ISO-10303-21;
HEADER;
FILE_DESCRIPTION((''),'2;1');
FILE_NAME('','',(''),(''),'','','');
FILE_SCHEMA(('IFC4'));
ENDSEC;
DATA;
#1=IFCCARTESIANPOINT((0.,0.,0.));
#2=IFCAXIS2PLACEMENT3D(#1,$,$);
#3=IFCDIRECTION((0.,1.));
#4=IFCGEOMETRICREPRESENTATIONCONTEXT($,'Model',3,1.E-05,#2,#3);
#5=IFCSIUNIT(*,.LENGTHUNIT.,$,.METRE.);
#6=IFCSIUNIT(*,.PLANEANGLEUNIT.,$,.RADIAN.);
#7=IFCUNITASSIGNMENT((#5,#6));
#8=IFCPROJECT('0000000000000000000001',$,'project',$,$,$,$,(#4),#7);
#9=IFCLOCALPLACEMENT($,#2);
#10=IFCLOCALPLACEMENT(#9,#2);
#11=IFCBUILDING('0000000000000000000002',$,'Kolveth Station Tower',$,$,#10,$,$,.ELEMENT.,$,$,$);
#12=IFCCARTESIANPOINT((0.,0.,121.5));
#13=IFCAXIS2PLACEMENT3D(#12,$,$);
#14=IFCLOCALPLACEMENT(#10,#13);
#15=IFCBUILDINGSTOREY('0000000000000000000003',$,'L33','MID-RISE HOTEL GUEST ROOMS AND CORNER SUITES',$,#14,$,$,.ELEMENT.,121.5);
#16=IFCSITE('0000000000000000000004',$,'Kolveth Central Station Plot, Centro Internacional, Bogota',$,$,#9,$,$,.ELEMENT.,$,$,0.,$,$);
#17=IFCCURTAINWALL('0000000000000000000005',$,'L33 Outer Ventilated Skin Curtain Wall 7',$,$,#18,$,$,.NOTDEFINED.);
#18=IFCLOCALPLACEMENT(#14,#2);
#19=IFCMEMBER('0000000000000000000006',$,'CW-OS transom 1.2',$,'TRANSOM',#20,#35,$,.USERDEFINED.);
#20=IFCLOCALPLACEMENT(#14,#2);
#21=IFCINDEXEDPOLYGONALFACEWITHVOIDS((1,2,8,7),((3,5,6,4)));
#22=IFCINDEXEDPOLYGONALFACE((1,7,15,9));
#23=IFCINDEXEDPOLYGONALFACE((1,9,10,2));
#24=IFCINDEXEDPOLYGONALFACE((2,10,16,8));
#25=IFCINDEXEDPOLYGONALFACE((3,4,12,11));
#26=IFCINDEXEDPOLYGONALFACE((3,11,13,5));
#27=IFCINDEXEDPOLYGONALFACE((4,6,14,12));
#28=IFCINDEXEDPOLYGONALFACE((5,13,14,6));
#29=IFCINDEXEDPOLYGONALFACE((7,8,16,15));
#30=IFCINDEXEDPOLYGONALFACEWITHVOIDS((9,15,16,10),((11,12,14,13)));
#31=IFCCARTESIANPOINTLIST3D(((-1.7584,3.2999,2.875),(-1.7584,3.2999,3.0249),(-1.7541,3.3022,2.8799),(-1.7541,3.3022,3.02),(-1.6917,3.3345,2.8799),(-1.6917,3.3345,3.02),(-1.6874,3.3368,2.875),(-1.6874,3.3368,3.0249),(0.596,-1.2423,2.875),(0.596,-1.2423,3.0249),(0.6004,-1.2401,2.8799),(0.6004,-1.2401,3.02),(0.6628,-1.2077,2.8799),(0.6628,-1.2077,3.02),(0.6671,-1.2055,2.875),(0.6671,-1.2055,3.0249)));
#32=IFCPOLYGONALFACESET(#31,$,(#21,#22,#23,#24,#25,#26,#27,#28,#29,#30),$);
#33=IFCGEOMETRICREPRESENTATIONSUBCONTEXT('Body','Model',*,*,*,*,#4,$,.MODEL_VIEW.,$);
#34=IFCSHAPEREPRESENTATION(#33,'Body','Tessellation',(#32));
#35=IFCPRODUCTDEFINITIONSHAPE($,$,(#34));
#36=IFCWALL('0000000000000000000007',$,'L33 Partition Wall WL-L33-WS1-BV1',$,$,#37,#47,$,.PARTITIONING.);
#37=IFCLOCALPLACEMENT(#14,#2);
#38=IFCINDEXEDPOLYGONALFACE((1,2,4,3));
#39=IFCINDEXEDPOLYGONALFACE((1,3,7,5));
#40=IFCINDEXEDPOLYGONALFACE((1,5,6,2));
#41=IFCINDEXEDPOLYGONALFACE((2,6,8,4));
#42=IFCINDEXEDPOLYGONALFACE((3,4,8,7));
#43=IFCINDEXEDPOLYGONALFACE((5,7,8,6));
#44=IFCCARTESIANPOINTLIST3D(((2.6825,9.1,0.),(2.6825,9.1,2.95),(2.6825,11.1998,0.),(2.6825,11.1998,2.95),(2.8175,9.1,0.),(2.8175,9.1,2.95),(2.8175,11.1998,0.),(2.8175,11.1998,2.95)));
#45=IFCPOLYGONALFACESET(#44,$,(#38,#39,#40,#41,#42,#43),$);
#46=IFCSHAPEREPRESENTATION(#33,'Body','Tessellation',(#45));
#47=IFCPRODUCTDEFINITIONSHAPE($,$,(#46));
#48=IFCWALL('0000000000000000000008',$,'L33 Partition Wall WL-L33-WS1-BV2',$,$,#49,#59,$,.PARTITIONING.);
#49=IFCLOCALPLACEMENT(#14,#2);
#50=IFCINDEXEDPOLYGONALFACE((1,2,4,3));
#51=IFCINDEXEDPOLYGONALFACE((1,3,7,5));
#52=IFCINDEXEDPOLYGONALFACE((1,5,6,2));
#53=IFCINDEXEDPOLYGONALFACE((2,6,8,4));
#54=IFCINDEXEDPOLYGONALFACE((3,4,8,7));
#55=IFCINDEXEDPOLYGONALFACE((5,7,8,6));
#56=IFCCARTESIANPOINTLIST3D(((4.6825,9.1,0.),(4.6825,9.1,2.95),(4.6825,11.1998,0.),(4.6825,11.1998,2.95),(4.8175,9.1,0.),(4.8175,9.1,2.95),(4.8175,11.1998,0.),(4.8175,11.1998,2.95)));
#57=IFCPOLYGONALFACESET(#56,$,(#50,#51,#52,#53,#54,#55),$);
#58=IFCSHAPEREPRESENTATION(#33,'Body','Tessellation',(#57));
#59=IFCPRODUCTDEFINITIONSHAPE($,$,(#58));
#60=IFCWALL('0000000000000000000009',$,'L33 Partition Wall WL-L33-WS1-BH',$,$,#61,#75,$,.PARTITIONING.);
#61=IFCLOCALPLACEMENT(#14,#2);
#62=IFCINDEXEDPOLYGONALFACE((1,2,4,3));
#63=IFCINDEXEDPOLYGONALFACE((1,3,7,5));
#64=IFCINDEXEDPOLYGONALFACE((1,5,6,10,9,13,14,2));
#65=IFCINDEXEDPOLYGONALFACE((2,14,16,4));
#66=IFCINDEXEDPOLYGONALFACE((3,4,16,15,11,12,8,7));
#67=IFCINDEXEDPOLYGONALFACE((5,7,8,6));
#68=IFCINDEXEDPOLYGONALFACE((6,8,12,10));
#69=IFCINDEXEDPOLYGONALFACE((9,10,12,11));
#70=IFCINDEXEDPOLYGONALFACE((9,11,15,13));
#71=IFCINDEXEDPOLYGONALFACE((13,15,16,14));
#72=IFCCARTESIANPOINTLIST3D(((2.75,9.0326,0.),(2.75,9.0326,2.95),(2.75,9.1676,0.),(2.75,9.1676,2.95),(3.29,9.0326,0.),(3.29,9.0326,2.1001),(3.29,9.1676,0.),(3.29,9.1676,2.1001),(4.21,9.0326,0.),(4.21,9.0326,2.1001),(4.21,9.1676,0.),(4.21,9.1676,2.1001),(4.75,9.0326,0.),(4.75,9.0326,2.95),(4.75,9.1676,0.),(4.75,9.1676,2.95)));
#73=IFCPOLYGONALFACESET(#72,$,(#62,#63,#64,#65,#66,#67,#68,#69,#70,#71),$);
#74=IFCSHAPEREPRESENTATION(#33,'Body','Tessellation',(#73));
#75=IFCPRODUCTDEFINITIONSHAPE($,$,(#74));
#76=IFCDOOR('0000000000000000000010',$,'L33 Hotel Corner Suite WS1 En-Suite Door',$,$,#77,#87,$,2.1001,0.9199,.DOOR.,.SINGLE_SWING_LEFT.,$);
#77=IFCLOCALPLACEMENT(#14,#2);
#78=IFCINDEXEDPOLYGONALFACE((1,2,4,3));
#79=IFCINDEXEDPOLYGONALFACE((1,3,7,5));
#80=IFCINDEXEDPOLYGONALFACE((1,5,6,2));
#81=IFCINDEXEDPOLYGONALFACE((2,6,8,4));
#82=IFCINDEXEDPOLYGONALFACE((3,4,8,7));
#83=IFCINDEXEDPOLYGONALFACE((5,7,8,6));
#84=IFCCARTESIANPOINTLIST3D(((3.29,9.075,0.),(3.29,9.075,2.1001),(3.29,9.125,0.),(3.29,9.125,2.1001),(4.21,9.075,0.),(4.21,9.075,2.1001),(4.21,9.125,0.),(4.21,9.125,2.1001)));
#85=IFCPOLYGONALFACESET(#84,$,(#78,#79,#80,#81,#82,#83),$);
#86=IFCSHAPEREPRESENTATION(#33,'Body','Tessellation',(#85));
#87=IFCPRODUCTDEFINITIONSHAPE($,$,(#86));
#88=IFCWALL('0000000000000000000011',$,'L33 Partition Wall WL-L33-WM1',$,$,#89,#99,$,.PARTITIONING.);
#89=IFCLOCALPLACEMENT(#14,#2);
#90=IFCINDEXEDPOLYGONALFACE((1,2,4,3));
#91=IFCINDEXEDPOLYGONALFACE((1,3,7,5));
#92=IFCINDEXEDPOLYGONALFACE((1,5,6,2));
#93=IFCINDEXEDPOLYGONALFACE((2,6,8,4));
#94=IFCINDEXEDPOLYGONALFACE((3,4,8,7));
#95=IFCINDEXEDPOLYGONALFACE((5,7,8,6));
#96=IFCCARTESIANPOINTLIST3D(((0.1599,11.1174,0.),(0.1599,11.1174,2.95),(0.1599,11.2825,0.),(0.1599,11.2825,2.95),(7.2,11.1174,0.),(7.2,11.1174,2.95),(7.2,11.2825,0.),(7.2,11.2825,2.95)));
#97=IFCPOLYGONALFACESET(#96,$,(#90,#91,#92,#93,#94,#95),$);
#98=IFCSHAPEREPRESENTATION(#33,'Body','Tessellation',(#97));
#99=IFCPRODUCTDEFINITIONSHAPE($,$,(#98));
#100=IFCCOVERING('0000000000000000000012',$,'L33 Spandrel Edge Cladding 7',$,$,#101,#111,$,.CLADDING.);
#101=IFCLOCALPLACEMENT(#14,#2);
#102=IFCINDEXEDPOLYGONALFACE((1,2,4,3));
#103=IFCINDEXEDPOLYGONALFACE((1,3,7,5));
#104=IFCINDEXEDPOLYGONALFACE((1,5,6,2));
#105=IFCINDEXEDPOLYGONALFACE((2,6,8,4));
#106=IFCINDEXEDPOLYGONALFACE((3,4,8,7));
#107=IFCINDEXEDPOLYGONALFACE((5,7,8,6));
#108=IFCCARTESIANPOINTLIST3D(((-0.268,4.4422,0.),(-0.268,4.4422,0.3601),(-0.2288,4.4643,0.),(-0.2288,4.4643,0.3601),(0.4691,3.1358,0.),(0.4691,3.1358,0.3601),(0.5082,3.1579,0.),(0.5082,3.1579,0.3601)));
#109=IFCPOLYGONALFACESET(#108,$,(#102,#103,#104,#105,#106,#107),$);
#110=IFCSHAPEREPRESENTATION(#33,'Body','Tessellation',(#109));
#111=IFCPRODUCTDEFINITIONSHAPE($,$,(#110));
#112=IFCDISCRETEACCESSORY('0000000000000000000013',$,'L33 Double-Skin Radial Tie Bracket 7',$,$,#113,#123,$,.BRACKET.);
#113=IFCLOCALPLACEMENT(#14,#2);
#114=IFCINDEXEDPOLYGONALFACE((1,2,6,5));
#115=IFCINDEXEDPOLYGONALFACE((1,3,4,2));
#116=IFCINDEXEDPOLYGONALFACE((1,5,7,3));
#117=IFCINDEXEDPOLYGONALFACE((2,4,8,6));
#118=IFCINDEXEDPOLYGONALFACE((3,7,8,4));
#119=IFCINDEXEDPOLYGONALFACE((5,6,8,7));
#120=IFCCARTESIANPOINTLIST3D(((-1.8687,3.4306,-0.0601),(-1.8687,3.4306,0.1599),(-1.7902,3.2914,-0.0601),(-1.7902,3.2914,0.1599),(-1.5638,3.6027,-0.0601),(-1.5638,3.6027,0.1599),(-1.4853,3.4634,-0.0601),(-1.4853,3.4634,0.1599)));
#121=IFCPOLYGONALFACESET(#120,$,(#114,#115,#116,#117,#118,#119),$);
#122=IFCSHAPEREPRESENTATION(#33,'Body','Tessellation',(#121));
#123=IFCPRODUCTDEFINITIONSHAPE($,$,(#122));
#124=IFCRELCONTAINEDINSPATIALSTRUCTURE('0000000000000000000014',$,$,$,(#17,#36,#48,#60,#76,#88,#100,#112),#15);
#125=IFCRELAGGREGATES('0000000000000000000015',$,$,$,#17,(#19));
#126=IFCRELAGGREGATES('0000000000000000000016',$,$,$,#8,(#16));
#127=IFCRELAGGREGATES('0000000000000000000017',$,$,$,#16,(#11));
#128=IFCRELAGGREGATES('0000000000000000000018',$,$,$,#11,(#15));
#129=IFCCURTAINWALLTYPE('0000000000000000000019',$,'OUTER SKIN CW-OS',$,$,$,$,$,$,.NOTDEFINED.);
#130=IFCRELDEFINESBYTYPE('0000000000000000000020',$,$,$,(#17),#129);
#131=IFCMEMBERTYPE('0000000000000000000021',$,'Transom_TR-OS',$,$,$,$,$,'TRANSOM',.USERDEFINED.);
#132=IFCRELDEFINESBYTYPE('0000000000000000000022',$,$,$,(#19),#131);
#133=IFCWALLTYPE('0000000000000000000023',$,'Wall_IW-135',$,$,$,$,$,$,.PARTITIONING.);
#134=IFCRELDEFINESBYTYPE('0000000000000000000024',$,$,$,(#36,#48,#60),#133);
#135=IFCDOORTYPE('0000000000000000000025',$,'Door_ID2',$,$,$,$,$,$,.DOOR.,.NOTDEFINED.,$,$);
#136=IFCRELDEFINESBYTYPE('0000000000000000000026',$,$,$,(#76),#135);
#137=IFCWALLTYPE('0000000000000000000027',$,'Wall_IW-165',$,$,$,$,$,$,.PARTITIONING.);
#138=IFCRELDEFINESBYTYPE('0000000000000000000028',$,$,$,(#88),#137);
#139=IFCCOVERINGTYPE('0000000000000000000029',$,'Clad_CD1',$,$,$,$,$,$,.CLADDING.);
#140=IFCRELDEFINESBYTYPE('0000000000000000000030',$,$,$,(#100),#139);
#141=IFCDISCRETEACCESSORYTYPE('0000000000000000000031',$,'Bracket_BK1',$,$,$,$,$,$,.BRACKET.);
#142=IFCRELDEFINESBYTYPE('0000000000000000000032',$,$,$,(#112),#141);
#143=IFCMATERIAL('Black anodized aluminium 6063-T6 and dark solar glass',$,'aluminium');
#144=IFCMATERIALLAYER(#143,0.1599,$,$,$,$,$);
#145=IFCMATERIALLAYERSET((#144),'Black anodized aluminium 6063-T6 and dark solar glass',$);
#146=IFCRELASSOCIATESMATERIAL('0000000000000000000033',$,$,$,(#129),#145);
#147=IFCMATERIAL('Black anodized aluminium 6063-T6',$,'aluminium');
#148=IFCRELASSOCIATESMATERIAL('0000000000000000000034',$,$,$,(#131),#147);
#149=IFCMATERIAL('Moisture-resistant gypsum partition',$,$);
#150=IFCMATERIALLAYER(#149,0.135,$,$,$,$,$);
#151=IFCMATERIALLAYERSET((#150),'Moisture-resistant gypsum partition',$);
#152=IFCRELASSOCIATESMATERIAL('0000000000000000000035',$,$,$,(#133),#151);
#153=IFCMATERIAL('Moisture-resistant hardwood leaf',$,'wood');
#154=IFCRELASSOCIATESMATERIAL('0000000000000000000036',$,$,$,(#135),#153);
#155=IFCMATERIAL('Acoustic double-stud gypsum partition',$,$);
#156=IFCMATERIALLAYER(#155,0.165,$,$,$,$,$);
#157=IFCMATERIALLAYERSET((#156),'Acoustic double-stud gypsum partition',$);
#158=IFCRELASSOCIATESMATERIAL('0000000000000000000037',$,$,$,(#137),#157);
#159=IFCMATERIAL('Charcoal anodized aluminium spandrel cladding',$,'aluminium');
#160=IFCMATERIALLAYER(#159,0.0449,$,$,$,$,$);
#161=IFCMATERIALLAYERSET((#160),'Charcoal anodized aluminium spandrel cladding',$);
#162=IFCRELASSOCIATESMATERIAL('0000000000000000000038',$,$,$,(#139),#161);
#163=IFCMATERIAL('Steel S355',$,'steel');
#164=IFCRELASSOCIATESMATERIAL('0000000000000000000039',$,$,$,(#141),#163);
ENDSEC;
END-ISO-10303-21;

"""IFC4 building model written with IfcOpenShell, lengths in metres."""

from ifc_helpers import new_model, si_unit, direction, frame, frame_2d, origin, origin_2d, place, context, subcontext, project, spatial, rectangle, hollow_rectangle, extrude, source, transform, mapped, material, layer, layer_set, material_profile, profile_set, type_object, element, fill, aggregate, save


model = new_model("IFC4")

# Units and contexts
model_context = context("Model", 3, precision=1e-05, world=origin(), true_north=direction((0.0, 1.0)))
body_context = subcontext(model_context, "Body", "Model", "MODEL_VIEW")
ifc_project = project(units=[si_unit("LENGTHUNIT", "METRE"), si_unit("PLANEANGLEUNIT", "RADIAN")], contexts=[model_context])

# Site, building, storey
site_placement = place(None, origin())
site = spatial("IfcSite", under=ifc_project, at=site_placement, Name="Kolveth Central Station Plot, Centro Internacional, Bogota", CompositionType="ELEMENT", RefElevation=0.0)
building_placement = place(site_placement, origin())
building = spatial("IfcBuilding", under=site, at=building_placement, Name="Kolveth Station Tower", CompositionType="ELEMENT")
storey_placement = place(building_placement, frame((0.0, 0.0, 121.5)))
storey = spatial("IfcBuildingStorey", under=building, at=storey_placement, Name="L33", Description="MID-RISE HOTEL GUEST ROOMS AND CORNER SUITES", CompositionType="ELEMENT", Elevation=121.5)

# Shared definitions
ifc_material_1 = material(Name="Steel S355", Category="steel")

# Shared definitions
ifc_material_2 = material(Name="Black anodized aluminium 6063-T6", Category="aluminium")

# Shared definitions
ifc_material_3 = material(Name="Black anodized aluminium 6063-T6 and dark solar glass", Category="aluminium")
ifc_layer_1 = layer(ifc_material_3, 0.1599)
ifc_layer_set_1 = layer_set([ifc_layer_1], Name="Black anodized aluminium 6063-T6 and dark solar glass")
curtain_wall_type_1 = type_object("IfcCurtainWallType", Name="OUTER SKIN CW-OS", PredefinedType="NOTDEFINED", material=ifc_layer_set_1)

# Curtain wall, member
curtain_wall_1_placement = place(storey_placement, origin())
curtain_wall_1 = element("IfcCurtainWall", 1, at=curtain_wall_1_placement, inside=storey, type_object=curtain_wall_type_1, Name="L33 Outer Ventilated Skin Curtain Wall 7", PredefinedType="NOTDEFINED")
ifc_material_profile_1 = material_profile(ifc_material_2, hollow_rectangle(XDim=0.0801, YDim=0.1499, WallThickness=0.0049, at=origin_2d()), Name="ALU-80x150x5")
ifc_profile_set_1 = profile_set([ifc_material_profile_1], Name="Black anodized aluminium 6063-T6")
member_type_1 = type_object("IfcMemberType", Name="Transom_TR-OS", ElementType="TRANSOM", PredefinedType="USERDEFINED", material=ifc_profile_set_1)
shared_shape_1 = source(origin(), body_context, "Body", "SweptSolid", [
    extrude(hollow_rectangle(XDim=0.0801, YDim=0.1499, WallThickness=0.0049, at=origin_2d()), origin(), (0.0, 0.0, 1.0), 5.1162),
])
member_1_placement = place(storey_placement, frame((-1.7229, 3.3184, 2.95), z_axis=(0.460203, -0.887814, 0.0), x_axis=(0.887814, 0.460203, 0.0)))
member_1 = element("IfcMember", 2, at=member_1_placement, type_object=member_type_1, Name="CW-OS transom 1.2", ObjectType="TRANSOM", PredefinedType="USERDEFINED", context=body_context, shape_type="MappedRepresentation", body=[
    mapped(shared_shape_1, transform((0.0, 0.0, 0.0), x_axis=(1.0, 0.0, 0.0), y_axis=(0.0, 1.0, 0.0), z_axis=(0.0, 0.0, 1.0), scale=1.0)),
])
aggregate(curtain_wall_1, [member_1])

# Walls
ifc_material_4 = material(Name="Moisture-resistant gypsum partition")
ifc_layer_2 = layer(ifc_material_4, 0.135)
ifc_layer_set_2 = layer_set([ifc_layer_2], Name="Moisture-resistant gypsum partition")
wall_type_1 = type_object("IfcWallType", Name="Wall_IW-135", PredefinedType="PARTITIONING", material=ifc_layer_set_2)
for number, where, z_axis, x_axis, name in (
    (3, (2.75, 9.1001, 0.0), (0.0, 0.0, 1.0), (0.0, 1.0, 0.0), "L33 Partition Wall WL-L33-WS1-BV1"),
    (4, (4.75, 9.1001, 0.0), (0.0, 0.0, 1.0), (0.0, 1.0, 0.0), "L33 Partition Wall WL-L33-WS1-BV2"),
):
    element("IfcWall", number, at=place(storey_placement, frame(where, z_axis=z_axis, x_axis=x_axis)), inside=storey, type_object=wall_type_1, Name=name, PredefinedType="PARTITIONING", context=body_context, shape_type="SweptSolid", body=[
        extrude(rectangle(XDim=2.0999, YDim=0.135, at=frame_2d((1.0498, 0.0))), origin(), (0.0, 0.0, 1.0), 2.95),
    ])

# Wall, opening, door
wall_1_placement = place(storey_placement, frame((2.75, 9.1001, 0.0), z_axis=(0.0, 0.0, 1.0), x_axis=(1.0, 0.0, 0.0)))
wall_1 = element("IfcWall", 5, at=wall_1_placement, inside=storey, type_object=wall_type_1, Name="L33 Partition Wall WL-L33-WS1-BH", PredefinedType="PARTITIONING", context=body_context, shape_type="SweptSolid", body=[
    extrude(rectangle(XDim=2.0, YDim=0.135, at=frame_2d((1.0, 0.0))), origin(), (0.0, 0.0, 1.0), 2.95),
])
opening_placement = place(wall_1_placement, frame((0.54, 0.0, 0.0)))
opening = element("IfcOpeningElement", 6, at=opening_placement, cuts=wall_1, PredefinedType="OPENING", context=body_context, shape_type="SweptSolid", body=[
    extrude(rectangle(XDim=0.9199, YDim=2.1001, at=frame_2d((0.46, 1.05))), frame((0.0, 0.0774, 0.0), z_axis=(0.0, -1.0, 0.0), x_axis=(1.0, 0.0, 0.0)), (0.0, 0.0, 1.0), 0.155),
])
ifc_material_5 = material(Name="Moisture-resistant hardwood leaf", Category="wood")
door_type = type_object("IfcDoorType", Name="Door_ID2", OperationType="NOTDEFINED", PredefinedType="DOOR", material=ifc_material_5)
door_placement = place(opening_placement, origin())
door = element("IfcDoor", 7, at=door_placement, inside=storey, type_object=door_type, Name="L33 Hotel Corner Suite WS1 En-Suite Door", OperationType="SINGLE_SWING_LEFT", OverallHeight=2.1001, OverallWidth=0.9199, PredefinedType="DOOR", context=body_context, shape_type="SweptSolid", body=[
    extrude(rectangle(XDim=0.9199, YDim=2.1001, at=frame_2d((0.46, 1.05))), frame((0.0, 0.0249, 0.0), z_axis=(0.0, -1.0, 0.0), x_axis=(1.0, 0.0, 0.0)), (0.0, 0.0, 1.0), 0.05),
])
fill(opening, door)

# Wall
ifc_material_6 = material(Name="Acoustic double-stud gypsum partition")
ifc_layer_3 = layer(ifc_material_6, 0.165)
ifc_layer_set_3 = layer_set([ifc_layer_3], Name="Acoustic double-stud gypsum partition")
wall_type_2 = type_object("IfcWallType", Name="Wall_IW-165", PredefinedType="PARTITIONING", material=ifc_layer_set_3)
wall_2_placement = place(storey_placement, frame((0.1599, 11.2, 0.0), z_axis=(0.0, 0.0, 1.0), x_axis=(1.0, 0.0, 0.0)))
element("IfcWall", 8, at=wall_2_placement, inside=storey, type_object=wall_type_2, Name="L33 Partition Wall WL-L33-WM1", PredefinedType="PARTITIONING", context=body_context, shape_type="SweptSolid", body=[
    extrude(rectangle(XDim=7.04, YDim=0.165, at=frame_2d((3.52, 0.0))), origin(), (0.0, 0.0, 1.0), 2.95),
])

# Covering
ifc_material_7 = material(Name="Charcoal anodized aluminium spandrel cladding", Category="aluminium")
ifc_layer_4 = layer(ifc_material_7, 0.0449)
ifc_layer_set_4 = layer_set([ifc_layer_4], Name="Charcoal anodized aluminium spandrel cladding")
covering_type = type_object("IfcCoveringType", Name="Clad_CD1", PredefinedType="CLADDING", material=ifc_layer_set_4)
shared_shape_2 = source(origin(), body_context, "Body", "SweptSolid", [
    extrude(rectangle(XDim=1.5, YDim=0.0449, at=origin_2d()), origin(), (0.0, 0.0, 1.0), 0.3601),
])
covering_placement = place(storey_placement, frame((0.1201, 3.8, 0.0), z_axis=(0.0, 0.0, 1.0), x_axis=(0.49136, -0.870957, 0.0)))
element("IfcCovering", 9, at=covering_placement, inside=storey, type_object=covering_type, Name="L33 Spandrel Edge Cladding 7", PredefinedType="CLADDING", context=body_context, shape_type="MappedRepresentation", body=[
    mapped(shared_shape_2, transform((0.0, 0.0, 0.0), x_axis=(1.0, 0.0, 0.0), y_axis=(0.0, 1.0, 0.0), z_axis=(0.0, 0.0, 1.0), scale=1.0)),
])

# Discrete accessory
discrete_accessory_type = type_object("IfcDiscreteAccessoryType", Name="Bracket_BK1", PredefinedType="BRACKET", material=ifc_material_1)
shared_shape_3 = source(origin(), body_context, "Body", "SweptSolid", [
    extrude(rectangle(XDim=0.3501, YDim=0.1599, at=origin_2d()), origin(), (0.0, 0.0, 1.0), 0.22),
])
discrete_accessory_placement = place(storey_placement, frame((-1.677, 3.447, -0.0601), z_axis=(0.0, 0.0, 1.0), x_axis=(-0.870957, -0.49136, 0.0)))
element("IfcDiscreteAccessory", 10, at=discrete_accessory_placement, inside=storey, type_object=discrete_accessory_type, Name="L33 Double-Skin Radial Tie Bracket 7", PredefinedType="BRACKET", context=body_context, shape_type="MappedRepresentation", body=[
    mapped(shared_shape_3, transform((0.0, 0.0, 0.0), x_axis=(1.0, 0.0, 0.0), y_axis=(0.0, 1.0, 0.0), z_axis=(0.0, 0.0, 1.0), scale=1.0)),
])

save(model, "model.ifc")
